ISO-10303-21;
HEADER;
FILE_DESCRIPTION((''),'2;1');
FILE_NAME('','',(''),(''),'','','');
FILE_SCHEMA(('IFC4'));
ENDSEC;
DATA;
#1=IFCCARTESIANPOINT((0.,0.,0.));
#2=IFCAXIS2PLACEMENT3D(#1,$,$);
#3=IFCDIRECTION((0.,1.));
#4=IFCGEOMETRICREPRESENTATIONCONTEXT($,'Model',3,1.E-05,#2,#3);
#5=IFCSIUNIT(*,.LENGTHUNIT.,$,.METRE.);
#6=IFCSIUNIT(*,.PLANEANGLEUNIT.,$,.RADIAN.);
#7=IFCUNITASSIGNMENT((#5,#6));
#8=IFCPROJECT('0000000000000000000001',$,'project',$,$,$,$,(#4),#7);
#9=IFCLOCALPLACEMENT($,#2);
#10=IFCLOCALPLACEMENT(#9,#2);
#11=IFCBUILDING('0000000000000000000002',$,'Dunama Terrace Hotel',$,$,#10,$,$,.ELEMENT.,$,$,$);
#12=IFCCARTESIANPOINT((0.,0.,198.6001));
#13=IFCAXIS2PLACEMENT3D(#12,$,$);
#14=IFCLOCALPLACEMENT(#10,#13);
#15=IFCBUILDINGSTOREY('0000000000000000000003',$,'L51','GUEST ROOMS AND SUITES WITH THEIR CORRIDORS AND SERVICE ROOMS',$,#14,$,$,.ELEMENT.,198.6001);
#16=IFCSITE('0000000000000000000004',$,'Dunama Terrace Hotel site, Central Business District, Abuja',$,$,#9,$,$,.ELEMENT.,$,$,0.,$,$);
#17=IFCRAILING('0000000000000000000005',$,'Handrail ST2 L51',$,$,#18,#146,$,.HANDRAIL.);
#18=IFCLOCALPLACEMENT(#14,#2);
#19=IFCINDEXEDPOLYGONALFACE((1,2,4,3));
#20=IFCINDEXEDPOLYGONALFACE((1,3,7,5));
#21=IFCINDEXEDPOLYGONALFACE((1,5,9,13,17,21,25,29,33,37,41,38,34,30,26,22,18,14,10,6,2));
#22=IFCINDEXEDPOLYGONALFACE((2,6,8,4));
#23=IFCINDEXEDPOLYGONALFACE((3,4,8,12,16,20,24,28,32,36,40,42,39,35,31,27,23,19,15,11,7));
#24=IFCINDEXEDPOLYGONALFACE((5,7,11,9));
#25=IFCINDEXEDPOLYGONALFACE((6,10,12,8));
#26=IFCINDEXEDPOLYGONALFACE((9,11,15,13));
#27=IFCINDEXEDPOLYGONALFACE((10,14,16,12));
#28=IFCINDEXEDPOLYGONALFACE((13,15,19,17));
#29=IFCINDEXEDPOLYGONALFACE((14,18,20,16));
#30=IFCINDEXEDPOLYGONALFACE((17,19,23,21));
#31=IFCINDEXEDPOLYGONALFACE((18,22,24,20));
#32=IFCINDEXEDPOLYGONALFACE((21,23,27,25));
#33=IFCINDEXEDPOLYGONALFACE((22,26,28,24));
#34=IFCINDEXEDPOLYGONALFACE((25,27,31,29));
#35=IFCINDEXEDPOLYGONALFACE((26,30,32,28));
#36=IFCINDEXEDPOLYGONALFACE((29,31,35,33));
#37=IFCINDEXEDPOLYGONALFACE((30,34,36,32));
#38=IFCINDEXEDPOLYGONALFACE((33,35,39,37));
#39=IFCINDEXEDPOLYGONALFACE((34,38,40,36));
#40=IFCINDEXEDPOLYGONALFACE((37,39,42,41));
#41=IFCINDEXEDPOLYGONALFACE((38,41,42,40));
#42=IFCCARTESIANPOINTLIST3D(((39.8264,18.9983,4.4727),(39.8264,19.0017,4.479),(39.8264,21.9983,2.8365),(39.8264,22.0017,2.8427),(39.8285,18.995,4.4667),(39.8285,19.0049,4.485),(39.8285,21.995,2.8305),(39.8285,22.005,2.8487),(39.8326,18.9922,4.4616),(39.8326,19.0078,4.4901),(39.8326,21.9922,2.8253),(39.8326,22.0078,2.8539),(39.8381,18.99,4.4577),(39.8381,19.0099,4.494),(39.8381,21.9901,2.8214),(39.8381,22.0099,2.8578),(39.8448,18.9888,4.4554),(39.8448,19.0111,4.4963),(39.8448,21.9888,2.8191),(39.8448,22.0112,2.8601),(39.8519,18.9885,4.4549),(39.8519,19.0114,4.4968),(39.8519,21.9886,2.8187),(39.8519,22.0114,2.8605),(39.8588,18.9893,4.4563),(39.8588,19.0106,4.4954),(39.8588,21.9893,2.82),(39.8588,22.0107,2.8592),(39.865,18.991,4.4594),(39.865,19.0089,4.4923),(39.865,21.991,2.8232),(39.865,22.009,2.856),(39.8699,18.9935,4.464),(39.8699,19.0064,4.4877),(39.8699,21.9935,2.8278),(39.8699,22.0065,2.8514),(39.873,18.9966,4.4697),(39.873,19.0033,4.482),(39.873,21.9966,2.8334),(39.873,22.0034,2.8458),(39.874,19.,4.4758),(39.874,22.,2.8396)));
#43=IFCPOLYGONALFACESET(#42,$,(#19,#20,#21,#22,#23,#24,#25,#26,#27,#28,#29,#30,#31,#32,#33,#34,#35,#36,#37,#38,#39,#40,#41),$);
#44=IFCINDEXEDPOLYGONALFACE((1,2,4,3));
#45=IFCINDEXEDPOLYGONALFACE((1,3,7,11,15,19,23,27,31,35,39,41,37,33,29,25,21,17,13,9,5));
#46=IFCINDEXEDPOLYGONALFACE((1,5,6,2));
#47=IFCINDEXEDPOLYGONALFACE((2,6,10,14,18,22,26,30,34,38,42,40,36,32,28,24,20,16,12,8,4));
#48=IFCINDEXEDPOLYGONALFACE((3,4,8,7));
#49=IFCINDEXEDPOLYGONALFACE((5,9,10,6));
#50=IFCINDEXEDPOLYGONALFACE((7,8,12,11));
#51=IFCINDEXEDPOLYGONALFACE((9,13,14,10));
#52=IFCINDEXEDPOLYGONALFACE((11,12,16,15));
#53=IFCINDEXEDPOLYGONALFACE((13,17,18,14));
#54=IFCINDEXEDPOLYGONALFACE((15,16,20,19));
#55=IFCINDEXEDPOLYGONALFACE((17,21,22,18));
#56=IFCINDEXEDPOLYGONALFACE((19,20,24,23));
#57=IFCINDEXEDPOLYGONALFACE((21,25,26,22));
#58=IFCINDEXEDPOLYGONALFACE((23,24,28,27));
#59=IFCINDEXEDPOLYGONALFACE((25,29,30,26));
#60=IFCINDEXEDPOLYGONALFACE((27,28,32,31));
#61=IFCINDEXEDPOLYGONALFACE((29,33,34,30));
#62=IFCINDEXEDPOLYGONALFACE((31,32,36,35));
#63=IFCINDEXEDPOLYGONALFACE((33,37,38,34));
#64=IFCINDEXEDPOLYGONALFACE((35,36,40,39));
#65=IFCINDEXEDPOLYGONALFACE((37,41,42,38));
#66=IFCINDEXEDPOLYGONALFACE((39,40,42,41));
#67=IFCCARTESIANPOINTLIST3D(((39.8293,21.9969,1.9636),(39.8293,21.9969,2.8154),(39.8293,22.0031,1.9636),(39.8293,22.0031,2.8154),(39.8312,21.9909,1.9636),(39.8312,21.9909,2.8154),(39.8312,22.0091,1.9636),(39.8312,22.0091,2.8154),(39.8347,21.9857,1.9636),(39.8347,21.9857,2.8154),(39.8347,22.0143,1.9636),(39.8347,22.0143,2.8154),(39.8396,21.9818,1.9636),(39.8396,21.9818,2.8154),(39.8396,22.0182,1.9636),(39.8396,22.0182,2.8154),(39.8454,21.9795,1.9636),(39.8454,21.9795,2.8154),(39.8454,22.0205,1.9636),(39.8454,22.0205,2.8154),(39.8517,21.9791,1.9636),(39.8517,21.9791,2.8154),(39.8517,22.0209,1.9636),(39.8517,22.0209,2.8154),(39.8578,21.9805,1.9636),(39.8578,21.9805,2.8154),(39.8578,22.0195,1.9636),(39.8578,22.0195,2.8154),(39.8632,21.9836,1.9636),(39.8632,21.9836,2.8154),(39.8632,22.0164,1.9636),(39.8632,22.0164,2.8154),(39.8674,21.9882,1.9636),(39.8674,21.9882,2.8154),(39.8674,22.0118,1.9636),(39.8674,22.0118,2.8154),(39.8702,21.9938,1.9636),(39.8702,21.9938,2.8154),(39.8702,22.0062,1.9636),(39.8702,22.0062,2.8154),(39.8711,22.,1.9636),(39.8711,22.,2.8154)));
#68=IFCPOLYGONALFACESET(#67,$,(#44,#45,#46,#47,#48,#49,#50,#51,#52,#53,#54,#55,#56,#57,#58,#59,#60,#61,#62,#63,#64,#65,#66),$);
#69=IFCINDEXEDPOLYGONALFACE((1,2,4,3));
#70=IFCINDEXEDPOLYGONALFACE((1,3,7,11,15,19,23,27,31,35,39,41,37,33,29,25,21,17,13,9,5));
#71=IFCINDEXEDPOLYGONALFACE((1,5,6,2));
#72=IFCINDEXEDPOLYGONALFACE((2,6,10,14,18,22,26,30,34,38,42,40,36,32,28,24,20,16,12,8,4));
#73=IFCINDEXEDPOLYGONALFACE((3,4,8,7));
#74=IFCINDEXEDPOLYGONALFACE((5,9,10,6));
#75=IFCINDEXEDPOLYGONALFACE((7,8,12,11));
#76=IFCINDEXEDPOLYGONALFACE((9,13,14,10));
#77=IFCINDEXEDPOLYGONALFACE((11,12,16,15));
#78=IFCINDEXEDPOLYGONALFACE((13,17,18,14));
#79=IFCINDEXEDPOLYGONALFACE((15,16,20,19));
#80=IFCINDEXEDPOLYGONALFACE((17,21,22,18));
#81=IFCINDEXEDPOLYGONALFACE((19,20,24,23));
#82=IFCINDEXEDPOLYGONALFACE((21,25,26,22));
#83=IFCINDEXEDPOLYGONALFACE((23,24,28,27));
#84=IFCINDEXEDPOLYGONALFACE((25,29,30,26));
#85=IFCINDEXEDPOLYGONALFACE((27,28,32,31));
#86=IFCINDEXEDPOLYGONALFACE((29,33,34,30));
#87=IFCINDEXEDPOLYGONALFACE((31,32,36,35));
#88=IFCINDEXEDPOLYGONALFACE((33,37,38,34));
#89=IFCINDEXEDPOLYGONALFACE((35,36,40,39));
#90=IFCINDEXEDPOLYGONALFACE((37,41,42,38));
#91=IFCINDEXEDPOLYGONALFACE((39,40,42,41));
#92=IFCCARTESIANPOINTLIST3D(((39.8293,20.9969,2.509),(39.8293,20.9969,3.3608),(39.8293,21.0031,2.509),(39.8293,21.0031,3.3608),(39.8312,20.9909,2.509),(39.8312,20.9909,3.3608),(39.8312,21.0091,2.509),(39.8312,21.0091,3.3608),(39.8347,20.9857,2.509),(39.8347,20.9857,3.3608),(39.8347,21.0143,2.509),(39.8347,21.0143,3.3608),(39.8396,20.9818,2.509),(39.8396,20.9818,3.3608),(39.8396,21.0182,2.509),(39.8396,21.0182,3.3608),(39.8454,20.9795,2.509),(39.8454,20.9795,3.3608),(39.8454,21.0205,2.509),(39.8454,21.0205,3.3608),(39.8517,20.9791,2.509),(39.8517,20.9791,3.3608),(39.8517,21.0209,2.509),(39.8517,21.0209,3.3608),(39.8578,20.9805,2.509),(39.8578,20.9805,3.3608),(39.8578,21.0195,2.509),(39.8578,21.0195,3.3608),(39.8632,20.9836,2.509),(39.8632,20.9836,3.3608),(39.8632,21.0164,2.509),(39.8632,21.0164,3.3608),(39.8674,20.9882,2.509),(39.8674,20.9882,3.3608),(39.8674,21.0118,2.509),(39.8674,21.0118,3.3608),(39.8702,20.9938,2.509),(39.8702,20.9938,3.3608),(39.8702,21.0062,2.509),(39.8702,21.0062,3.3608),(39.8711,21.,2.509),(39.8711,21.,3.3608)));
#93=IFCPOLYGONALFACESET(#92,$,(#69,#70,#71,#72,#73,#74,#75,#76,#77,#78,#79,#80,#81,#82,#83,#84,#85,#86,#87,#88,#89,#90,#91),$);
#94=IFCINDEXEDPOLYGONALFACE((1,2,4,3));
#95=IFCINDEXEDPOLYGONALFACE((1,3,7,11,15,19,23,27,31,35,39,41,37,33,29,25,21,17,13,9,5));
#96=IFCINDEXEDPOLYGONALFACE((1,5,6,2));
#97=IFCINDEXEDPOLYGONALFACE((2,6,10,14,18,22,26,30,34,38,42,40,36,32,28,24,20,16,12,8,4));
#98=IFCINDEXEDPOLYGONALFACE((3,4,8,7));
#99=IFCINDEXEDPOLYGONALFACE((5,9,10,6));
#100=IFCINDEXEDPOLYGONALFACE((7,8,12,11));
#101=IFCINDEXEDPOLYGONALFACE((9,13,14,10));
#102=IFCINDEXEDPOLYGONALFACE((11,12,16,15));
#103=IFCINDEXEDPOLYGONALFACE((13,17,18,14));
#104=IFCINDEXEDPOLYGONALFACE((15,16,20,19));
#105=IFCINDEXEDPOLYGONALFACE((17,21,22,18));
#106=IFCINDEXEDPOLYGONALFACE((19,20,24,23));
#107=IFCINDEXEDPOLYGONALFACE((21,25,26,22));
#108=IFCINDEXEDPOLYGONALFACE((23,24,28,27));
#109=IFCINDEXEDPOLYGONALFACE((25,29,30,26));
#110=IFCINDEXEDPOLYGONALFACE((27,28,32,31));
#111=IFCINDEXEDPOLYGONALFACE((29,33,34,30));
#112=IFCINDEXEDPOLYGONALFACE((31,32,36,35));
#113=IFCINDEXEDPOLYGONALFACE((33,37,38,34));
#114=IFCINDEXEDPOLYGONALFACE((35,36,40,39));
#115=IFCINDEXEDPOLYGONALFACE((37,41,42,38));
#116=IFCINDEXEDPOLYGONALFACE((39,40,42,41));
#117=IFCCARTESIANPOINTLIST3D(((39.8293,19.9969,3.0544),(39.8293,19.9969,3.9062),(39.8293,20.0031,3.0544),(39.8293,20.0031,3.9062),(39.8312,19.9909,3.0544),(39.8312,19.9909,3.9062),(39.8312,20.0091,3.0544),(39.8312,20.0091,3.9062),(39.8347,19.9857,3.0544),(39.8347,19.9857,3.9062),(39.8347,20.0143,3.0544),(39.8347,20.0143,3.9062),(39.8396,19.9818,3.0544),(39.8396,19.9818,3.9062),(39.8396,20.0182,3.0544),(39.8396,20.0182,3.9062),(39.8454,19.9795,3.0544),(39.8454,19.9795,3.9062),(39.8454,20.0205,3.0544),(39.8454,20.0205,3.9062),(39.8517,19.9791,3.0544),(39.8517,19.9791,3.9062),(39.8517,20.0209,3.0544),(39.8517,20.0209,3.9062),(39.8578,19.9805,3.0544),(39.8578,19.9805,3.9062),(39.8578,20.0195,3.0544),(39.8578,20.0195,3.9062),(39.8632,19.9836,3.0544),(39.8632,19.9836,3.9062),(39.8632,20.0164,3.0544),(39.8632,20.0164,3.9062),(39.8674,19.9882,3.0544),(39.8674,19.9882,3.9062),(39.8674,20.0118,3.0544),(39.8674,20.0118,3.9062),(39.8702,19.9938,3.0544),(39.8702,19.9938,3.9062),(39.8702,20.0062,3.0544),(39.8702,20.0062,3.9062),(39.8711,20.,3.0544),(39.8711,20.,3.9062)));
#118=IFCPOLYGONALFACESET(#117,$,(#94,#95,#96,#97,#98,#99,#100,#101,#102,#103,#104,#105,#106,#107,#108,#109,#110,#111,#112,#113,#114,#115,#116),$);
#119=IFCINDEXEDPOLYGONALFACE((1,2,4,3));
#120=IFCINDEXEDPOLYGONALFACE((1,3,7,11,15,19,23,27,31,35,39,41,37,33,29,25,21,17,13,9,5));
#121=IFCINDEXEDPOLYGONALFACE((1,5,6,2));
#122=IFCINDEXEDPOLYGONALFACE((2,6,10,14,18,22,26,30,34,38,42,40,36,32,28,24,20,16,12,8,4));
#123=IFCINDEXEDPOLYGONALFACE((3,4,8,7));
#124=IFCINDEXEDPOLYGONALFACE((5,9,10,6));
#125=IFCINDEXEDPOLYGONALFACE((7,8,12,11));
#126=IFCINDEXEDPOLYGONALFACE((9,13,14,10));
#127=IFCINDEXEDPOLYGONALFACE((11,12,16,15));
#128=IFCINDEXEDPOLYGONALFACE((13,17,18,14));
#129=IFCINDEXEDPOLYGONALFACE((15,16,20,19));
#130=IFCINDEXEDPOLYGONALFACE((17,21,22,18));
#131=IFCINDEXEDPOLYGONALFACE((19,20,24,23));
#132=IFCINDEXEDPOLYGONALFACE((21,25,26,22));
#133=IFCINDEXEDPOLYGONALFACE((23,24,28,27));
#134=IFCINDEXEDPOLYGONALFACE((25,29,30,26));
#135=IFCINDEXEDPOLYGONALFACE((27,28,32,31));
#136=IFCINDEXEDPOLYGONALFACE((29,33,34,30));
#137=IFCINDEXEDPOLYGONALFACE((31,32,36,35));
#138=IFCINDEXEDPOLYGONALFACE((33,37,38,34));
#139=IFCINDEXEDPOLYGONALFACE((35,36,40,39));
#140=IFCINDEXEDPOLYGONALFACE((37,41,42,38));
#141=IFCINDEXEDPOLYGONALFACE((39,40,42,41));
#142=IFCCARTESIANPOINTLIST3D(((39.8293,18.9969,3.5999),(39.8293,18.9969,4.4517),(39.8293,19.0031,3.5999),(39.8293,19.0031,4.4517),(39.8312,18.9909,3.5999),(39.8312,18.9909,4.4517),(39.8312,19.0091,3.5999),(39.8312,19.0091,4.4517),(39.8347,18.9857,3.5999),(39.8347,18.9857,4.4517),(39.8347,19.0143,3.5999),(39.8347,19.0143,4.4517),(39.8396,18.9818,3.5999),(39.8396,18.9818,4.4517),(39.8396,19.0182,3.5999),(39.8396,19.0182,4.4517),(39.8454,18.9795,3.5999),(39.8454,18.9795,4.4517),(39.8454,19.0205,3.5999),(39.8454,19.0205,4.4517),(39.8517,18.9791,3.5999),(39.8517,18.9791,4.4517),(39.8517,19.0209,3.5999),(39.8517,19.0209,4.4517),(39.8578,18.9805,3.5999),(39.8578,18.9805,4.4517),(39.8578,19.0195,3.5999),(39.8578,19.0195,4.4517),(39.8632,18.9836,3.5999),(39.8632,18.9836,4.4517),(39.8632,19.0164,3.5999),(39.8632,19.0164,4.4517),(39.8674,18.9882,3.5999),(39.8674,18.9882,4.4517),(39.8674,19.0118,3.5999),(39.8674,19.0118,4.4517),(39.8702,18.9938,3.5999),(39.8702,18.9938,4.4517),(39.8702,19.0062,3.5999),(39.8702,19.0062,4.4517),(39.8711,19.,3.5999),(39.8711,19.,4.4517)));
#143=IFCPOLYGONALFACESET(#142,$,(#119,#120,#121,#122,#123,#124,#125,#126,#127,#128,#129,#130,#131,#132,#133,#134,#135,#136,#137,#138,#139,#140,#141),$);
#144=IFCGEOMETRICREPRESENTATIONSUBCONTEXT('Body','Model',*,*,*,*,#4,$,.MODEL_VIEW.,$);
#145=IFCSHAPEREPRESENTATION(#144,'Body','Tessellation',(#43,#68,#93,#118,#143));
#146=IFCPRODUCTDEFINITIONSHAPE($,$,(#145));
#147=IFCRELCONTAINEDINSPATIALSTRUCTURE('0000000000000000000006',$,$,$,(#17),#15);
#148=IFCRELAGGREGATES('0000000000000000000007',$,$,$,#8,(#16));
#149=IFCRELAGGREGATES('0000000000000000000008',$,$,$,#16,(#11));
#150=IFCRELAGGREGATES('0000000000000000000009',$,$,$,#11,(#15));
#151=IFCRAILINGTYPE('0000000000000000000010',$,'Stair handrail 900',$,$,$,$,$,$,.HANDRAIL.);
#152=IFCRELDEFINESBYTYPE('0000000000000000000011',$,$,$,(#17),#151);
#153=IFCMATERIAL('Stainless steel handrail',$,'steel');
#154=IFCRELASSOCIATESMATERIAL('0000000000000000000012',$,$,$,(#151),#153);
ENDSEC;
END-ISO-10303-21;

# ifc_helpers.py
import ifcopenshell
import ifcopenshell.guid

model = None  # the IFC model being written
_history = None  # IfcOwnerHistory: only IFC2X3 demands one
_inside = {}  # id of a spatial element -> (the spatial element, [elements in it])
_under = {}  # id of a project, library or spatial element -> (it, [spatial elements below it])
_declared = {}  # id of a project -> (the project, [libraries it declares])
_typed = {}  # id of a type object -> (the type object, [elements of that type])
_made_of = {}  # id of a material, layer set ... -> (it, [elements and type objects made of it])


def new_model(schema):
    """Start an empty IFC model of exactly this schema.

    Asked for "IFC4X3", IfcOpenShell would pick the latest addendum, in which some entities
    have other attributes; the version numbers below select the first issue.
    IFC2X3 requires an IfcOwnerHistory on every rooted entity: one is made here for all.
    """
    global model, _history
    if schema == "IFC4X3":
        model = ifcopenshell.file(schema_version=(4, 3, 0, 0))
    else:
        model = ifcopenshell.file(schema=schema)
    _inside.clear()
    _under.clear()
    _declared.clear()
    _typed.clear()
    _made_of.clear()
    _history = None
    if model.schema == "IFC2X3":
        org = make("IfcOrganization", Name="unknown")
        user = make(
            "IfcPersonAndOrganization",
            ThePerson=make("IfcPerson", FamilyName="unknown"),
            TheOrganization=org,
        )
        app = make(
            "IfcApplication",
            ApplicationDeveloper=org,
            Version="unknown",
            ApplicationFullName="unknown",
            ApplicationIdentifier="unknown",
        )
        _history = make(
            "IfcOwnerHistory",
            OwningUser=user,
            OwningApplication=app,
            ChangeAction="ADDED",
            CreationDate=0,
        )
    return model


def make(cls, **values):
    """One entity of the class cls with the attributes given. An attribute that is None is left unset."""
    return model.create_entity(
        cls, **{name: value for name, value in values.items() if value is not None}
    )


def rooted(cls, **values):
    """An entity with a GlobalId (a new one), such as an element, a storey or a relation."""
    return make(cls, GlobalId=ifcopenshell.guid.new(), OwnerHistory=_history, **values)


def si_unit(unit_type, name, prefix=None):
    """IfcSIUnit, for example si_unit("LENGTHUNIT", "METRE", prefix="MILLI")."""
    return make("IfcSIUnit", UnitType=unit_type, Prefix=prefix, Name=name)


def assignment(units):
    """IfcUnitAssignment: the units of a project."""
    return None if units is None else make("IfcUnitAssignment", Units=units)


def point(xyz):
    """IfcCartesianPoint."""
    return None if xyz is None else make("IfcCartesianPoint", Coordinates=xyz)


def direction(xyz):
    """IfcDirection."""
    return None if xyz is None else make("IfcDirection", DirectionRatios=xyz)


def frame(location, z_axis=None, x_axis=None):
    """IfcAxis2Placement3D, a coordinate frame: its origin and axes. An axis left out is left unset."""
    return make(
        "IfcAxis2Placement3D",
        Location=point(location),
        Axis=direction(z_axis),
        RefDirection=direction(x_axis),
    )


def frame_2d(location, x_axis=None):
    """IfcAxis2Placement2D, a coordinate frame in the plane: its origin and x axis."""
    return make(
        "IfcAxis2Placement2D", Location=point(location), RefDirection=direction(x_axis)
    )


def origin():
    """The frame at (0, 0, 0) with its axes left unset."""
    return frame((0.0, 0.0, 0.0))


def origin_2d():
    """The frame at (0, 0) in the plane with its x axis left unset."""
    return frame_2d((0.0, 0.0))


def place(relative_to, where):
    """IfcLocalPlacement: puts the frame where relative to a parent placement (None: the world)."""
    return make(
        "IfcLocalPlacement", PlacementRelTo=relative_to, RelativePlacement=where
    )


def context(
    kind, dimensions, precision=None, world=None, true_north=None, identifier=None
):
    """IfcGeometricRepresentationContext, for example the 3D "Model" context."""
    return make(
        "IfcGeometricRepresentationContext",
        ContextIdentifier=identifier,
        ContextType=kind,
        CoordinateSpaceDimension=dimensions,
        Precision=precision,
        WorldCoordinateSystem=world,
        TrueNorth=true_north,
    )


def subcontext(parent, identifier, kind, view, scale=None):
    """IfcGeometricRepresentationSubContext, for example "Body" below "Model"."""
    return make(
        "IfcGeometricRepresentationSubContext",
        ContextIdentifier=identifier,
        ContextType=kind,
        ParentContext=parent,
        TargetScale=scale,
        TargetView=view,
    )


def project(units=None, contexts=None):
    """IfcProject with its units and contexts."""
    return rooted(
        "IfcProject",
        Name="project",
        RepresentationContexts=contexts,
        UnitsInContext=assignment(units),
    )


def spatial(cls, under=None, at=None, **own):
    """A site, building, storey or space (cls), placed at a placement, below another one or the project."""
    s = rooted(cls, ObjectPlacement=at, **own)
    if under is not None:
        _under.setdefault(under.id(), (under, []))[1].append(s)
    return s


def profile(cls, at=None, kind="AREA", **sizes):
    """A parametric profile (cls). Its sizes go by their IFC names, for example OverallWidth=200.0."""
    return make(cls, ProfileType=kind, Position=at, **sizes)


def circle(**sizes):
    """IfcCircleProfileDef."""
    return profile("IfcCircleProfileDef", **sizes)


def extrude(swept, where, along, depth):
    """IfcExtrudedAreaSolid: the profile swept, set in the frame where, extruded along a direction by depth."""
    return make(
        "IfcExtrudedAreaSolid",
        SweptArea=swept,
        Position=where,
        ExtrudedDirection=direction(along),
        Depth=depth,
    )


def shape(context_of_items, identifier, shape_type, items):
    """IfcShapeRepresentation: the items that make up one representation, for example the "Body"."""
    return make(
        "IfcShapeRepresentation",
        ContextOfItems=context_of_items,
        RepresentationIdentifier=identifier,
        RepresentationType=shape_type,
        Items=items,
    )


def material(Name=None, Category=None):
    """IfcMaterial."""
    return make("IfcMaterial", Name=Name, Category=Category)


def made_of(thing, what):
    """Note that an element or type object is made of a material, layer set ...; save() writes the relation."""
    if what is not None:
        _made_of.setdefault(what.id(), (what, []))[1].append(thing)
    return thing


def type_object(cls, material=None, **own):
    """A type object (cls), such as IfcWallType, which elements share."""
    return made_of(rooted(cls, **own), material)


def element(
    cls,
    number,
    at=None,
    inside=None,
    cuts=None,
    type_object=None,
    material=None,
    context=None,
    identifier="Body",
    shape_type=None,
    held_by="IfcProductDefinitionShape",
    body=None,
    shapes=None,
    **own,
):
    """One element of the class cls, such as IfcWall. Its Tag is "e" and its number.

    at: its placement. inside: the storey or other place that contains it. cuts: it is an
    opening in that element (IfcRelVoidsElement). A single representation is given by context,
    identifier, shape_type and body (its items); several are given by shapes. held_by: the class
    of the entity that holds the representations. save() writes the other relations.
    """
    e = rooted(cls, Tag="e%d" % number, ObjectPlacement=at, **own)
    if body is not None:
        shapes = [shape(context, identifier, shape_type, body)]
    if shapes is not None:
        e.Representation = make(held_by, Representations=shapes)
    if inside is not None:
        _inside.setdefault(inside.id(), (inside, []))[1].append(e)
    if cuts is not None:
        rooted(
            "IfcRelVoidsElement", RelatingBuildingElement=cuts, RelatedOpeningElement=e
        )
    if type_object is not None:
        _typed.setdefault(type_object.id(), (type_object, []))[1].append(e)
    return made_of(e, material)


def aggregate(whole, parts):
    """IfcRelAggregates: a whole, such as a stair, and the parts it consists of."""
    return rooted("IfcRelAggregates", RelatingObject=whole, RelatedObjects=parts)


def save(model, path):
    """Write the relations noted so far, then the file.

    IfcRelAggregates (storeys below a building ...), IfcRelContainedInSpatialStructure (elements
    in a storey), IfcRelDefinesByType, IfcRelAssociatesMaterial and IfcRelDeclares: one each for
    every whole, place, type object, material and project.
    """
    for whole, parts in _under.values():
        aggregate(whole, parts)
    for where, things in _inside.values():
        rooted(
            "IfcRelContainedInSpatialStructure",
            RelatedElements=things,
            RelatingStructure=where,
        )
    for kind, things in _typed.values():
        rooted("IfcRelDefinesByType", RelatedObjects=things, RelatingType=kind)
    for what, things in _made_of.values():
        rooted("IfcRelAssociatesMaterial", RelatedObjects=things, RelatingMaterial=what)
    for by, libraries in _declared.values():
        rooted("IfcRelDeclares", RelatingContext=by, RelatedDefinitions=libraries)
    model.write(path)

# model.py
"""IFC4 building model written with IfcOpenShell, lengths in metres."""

from ifc_helpers import new_model, si_unit, direction, frame, origin, origin_2d, place, context, subcontext, project, spatial, circle, extrude, material, type_object, element, save


model = new_model("IFC4")

# Units and contexts
model_context = context("Model", 3, precision=1e-05, world=origin(), true_north=direction((0.0, 1.0)))
body_context = subcontext(model_context, "Body", "Model", "MODEL_VIEW")
ifc_project = project(units=[si_unit("LENGTHUNIT", "METRE"), si_unit("PLANEANGLEUNIT", "RADIAN")], contexts=[model_context])

# Site, building, storey
site_placement = place(None, origin())
site = spatial("IfcSite", under=ifc_project, at=site_placement, Name="Dunama Terrace Hotel site, Central Business District, Abuja", CompositionType="ELEMENT", RefElevation=0.0)
building_placement = place(site_placement, origin())
building = spatial("IfcBuilding", under=site, at=building_placement, Name="Dunama Terrace Hotel", CompositionType="ELEMENT")
storey_placement = place(building_placement, frame((0.0, 0.0, 198.6001)))
storey = spatial("IfcBuildingStorey", under=building, at=storey_placement, Name="L51", Description="GUEST ROOMS AND SUITES WITH THEIR CORRIDORS AND SERVICE ROOMS", CompositionType="ELEMENT", Elevation=198.6001)

# Railing
ifc_material_1 = material(Name="Stainless steel handrail", Category="steel")
railing_type_1 = type_object("IfcRailingType", Name="Stair handrail 900", PredefinedType="HANDRAIL", material=ifc_material_1)
railing_1_placement = place(storey_placement, frame((39.8501, 22.0, 1.9636)))
element("IfcRailing", 1, at=railing_1_placement, inside=storey, type_object=railing_type_1, Name="Handrail ST2 L51", PredefinedType="HANDRAIL", context=body_context, shape_type="SweptSolid", body=[
    extrude(circle(Radius=0.0239, at=origin_2d()), frame((0.0, 0.0, 0.876), z_axis=(0.0, -0.877912, 0.478822), x_axis=(1.0, 0.0, 0.0)), (0.0, 0.0, 1.0), 3.4172),
    extrude(circle(Radius=0.021, at=origin_2d()), origin(), (0.0, 0.0, 1.0), 0.8518),
    extrude(circle(Radius=0.021, at=origin_2d()), frame((0.0, -1.0, 0.5454)), (0.0, 0.0, 1.0), 0.8518),
    extrude(circle(Radius=0.021, at=origin_2d()), frame((0.0, -2.0, 1.0908)), (0.0, 0.0, 1.0), 0.8518),
    extrude(circle(Radius=0.021, at=origin_2d()), frame((0.0, -3.0, 1.6362)), (0.0, 0.0, 1.0), 0.8518),
])

save(model, "model.ifc")
